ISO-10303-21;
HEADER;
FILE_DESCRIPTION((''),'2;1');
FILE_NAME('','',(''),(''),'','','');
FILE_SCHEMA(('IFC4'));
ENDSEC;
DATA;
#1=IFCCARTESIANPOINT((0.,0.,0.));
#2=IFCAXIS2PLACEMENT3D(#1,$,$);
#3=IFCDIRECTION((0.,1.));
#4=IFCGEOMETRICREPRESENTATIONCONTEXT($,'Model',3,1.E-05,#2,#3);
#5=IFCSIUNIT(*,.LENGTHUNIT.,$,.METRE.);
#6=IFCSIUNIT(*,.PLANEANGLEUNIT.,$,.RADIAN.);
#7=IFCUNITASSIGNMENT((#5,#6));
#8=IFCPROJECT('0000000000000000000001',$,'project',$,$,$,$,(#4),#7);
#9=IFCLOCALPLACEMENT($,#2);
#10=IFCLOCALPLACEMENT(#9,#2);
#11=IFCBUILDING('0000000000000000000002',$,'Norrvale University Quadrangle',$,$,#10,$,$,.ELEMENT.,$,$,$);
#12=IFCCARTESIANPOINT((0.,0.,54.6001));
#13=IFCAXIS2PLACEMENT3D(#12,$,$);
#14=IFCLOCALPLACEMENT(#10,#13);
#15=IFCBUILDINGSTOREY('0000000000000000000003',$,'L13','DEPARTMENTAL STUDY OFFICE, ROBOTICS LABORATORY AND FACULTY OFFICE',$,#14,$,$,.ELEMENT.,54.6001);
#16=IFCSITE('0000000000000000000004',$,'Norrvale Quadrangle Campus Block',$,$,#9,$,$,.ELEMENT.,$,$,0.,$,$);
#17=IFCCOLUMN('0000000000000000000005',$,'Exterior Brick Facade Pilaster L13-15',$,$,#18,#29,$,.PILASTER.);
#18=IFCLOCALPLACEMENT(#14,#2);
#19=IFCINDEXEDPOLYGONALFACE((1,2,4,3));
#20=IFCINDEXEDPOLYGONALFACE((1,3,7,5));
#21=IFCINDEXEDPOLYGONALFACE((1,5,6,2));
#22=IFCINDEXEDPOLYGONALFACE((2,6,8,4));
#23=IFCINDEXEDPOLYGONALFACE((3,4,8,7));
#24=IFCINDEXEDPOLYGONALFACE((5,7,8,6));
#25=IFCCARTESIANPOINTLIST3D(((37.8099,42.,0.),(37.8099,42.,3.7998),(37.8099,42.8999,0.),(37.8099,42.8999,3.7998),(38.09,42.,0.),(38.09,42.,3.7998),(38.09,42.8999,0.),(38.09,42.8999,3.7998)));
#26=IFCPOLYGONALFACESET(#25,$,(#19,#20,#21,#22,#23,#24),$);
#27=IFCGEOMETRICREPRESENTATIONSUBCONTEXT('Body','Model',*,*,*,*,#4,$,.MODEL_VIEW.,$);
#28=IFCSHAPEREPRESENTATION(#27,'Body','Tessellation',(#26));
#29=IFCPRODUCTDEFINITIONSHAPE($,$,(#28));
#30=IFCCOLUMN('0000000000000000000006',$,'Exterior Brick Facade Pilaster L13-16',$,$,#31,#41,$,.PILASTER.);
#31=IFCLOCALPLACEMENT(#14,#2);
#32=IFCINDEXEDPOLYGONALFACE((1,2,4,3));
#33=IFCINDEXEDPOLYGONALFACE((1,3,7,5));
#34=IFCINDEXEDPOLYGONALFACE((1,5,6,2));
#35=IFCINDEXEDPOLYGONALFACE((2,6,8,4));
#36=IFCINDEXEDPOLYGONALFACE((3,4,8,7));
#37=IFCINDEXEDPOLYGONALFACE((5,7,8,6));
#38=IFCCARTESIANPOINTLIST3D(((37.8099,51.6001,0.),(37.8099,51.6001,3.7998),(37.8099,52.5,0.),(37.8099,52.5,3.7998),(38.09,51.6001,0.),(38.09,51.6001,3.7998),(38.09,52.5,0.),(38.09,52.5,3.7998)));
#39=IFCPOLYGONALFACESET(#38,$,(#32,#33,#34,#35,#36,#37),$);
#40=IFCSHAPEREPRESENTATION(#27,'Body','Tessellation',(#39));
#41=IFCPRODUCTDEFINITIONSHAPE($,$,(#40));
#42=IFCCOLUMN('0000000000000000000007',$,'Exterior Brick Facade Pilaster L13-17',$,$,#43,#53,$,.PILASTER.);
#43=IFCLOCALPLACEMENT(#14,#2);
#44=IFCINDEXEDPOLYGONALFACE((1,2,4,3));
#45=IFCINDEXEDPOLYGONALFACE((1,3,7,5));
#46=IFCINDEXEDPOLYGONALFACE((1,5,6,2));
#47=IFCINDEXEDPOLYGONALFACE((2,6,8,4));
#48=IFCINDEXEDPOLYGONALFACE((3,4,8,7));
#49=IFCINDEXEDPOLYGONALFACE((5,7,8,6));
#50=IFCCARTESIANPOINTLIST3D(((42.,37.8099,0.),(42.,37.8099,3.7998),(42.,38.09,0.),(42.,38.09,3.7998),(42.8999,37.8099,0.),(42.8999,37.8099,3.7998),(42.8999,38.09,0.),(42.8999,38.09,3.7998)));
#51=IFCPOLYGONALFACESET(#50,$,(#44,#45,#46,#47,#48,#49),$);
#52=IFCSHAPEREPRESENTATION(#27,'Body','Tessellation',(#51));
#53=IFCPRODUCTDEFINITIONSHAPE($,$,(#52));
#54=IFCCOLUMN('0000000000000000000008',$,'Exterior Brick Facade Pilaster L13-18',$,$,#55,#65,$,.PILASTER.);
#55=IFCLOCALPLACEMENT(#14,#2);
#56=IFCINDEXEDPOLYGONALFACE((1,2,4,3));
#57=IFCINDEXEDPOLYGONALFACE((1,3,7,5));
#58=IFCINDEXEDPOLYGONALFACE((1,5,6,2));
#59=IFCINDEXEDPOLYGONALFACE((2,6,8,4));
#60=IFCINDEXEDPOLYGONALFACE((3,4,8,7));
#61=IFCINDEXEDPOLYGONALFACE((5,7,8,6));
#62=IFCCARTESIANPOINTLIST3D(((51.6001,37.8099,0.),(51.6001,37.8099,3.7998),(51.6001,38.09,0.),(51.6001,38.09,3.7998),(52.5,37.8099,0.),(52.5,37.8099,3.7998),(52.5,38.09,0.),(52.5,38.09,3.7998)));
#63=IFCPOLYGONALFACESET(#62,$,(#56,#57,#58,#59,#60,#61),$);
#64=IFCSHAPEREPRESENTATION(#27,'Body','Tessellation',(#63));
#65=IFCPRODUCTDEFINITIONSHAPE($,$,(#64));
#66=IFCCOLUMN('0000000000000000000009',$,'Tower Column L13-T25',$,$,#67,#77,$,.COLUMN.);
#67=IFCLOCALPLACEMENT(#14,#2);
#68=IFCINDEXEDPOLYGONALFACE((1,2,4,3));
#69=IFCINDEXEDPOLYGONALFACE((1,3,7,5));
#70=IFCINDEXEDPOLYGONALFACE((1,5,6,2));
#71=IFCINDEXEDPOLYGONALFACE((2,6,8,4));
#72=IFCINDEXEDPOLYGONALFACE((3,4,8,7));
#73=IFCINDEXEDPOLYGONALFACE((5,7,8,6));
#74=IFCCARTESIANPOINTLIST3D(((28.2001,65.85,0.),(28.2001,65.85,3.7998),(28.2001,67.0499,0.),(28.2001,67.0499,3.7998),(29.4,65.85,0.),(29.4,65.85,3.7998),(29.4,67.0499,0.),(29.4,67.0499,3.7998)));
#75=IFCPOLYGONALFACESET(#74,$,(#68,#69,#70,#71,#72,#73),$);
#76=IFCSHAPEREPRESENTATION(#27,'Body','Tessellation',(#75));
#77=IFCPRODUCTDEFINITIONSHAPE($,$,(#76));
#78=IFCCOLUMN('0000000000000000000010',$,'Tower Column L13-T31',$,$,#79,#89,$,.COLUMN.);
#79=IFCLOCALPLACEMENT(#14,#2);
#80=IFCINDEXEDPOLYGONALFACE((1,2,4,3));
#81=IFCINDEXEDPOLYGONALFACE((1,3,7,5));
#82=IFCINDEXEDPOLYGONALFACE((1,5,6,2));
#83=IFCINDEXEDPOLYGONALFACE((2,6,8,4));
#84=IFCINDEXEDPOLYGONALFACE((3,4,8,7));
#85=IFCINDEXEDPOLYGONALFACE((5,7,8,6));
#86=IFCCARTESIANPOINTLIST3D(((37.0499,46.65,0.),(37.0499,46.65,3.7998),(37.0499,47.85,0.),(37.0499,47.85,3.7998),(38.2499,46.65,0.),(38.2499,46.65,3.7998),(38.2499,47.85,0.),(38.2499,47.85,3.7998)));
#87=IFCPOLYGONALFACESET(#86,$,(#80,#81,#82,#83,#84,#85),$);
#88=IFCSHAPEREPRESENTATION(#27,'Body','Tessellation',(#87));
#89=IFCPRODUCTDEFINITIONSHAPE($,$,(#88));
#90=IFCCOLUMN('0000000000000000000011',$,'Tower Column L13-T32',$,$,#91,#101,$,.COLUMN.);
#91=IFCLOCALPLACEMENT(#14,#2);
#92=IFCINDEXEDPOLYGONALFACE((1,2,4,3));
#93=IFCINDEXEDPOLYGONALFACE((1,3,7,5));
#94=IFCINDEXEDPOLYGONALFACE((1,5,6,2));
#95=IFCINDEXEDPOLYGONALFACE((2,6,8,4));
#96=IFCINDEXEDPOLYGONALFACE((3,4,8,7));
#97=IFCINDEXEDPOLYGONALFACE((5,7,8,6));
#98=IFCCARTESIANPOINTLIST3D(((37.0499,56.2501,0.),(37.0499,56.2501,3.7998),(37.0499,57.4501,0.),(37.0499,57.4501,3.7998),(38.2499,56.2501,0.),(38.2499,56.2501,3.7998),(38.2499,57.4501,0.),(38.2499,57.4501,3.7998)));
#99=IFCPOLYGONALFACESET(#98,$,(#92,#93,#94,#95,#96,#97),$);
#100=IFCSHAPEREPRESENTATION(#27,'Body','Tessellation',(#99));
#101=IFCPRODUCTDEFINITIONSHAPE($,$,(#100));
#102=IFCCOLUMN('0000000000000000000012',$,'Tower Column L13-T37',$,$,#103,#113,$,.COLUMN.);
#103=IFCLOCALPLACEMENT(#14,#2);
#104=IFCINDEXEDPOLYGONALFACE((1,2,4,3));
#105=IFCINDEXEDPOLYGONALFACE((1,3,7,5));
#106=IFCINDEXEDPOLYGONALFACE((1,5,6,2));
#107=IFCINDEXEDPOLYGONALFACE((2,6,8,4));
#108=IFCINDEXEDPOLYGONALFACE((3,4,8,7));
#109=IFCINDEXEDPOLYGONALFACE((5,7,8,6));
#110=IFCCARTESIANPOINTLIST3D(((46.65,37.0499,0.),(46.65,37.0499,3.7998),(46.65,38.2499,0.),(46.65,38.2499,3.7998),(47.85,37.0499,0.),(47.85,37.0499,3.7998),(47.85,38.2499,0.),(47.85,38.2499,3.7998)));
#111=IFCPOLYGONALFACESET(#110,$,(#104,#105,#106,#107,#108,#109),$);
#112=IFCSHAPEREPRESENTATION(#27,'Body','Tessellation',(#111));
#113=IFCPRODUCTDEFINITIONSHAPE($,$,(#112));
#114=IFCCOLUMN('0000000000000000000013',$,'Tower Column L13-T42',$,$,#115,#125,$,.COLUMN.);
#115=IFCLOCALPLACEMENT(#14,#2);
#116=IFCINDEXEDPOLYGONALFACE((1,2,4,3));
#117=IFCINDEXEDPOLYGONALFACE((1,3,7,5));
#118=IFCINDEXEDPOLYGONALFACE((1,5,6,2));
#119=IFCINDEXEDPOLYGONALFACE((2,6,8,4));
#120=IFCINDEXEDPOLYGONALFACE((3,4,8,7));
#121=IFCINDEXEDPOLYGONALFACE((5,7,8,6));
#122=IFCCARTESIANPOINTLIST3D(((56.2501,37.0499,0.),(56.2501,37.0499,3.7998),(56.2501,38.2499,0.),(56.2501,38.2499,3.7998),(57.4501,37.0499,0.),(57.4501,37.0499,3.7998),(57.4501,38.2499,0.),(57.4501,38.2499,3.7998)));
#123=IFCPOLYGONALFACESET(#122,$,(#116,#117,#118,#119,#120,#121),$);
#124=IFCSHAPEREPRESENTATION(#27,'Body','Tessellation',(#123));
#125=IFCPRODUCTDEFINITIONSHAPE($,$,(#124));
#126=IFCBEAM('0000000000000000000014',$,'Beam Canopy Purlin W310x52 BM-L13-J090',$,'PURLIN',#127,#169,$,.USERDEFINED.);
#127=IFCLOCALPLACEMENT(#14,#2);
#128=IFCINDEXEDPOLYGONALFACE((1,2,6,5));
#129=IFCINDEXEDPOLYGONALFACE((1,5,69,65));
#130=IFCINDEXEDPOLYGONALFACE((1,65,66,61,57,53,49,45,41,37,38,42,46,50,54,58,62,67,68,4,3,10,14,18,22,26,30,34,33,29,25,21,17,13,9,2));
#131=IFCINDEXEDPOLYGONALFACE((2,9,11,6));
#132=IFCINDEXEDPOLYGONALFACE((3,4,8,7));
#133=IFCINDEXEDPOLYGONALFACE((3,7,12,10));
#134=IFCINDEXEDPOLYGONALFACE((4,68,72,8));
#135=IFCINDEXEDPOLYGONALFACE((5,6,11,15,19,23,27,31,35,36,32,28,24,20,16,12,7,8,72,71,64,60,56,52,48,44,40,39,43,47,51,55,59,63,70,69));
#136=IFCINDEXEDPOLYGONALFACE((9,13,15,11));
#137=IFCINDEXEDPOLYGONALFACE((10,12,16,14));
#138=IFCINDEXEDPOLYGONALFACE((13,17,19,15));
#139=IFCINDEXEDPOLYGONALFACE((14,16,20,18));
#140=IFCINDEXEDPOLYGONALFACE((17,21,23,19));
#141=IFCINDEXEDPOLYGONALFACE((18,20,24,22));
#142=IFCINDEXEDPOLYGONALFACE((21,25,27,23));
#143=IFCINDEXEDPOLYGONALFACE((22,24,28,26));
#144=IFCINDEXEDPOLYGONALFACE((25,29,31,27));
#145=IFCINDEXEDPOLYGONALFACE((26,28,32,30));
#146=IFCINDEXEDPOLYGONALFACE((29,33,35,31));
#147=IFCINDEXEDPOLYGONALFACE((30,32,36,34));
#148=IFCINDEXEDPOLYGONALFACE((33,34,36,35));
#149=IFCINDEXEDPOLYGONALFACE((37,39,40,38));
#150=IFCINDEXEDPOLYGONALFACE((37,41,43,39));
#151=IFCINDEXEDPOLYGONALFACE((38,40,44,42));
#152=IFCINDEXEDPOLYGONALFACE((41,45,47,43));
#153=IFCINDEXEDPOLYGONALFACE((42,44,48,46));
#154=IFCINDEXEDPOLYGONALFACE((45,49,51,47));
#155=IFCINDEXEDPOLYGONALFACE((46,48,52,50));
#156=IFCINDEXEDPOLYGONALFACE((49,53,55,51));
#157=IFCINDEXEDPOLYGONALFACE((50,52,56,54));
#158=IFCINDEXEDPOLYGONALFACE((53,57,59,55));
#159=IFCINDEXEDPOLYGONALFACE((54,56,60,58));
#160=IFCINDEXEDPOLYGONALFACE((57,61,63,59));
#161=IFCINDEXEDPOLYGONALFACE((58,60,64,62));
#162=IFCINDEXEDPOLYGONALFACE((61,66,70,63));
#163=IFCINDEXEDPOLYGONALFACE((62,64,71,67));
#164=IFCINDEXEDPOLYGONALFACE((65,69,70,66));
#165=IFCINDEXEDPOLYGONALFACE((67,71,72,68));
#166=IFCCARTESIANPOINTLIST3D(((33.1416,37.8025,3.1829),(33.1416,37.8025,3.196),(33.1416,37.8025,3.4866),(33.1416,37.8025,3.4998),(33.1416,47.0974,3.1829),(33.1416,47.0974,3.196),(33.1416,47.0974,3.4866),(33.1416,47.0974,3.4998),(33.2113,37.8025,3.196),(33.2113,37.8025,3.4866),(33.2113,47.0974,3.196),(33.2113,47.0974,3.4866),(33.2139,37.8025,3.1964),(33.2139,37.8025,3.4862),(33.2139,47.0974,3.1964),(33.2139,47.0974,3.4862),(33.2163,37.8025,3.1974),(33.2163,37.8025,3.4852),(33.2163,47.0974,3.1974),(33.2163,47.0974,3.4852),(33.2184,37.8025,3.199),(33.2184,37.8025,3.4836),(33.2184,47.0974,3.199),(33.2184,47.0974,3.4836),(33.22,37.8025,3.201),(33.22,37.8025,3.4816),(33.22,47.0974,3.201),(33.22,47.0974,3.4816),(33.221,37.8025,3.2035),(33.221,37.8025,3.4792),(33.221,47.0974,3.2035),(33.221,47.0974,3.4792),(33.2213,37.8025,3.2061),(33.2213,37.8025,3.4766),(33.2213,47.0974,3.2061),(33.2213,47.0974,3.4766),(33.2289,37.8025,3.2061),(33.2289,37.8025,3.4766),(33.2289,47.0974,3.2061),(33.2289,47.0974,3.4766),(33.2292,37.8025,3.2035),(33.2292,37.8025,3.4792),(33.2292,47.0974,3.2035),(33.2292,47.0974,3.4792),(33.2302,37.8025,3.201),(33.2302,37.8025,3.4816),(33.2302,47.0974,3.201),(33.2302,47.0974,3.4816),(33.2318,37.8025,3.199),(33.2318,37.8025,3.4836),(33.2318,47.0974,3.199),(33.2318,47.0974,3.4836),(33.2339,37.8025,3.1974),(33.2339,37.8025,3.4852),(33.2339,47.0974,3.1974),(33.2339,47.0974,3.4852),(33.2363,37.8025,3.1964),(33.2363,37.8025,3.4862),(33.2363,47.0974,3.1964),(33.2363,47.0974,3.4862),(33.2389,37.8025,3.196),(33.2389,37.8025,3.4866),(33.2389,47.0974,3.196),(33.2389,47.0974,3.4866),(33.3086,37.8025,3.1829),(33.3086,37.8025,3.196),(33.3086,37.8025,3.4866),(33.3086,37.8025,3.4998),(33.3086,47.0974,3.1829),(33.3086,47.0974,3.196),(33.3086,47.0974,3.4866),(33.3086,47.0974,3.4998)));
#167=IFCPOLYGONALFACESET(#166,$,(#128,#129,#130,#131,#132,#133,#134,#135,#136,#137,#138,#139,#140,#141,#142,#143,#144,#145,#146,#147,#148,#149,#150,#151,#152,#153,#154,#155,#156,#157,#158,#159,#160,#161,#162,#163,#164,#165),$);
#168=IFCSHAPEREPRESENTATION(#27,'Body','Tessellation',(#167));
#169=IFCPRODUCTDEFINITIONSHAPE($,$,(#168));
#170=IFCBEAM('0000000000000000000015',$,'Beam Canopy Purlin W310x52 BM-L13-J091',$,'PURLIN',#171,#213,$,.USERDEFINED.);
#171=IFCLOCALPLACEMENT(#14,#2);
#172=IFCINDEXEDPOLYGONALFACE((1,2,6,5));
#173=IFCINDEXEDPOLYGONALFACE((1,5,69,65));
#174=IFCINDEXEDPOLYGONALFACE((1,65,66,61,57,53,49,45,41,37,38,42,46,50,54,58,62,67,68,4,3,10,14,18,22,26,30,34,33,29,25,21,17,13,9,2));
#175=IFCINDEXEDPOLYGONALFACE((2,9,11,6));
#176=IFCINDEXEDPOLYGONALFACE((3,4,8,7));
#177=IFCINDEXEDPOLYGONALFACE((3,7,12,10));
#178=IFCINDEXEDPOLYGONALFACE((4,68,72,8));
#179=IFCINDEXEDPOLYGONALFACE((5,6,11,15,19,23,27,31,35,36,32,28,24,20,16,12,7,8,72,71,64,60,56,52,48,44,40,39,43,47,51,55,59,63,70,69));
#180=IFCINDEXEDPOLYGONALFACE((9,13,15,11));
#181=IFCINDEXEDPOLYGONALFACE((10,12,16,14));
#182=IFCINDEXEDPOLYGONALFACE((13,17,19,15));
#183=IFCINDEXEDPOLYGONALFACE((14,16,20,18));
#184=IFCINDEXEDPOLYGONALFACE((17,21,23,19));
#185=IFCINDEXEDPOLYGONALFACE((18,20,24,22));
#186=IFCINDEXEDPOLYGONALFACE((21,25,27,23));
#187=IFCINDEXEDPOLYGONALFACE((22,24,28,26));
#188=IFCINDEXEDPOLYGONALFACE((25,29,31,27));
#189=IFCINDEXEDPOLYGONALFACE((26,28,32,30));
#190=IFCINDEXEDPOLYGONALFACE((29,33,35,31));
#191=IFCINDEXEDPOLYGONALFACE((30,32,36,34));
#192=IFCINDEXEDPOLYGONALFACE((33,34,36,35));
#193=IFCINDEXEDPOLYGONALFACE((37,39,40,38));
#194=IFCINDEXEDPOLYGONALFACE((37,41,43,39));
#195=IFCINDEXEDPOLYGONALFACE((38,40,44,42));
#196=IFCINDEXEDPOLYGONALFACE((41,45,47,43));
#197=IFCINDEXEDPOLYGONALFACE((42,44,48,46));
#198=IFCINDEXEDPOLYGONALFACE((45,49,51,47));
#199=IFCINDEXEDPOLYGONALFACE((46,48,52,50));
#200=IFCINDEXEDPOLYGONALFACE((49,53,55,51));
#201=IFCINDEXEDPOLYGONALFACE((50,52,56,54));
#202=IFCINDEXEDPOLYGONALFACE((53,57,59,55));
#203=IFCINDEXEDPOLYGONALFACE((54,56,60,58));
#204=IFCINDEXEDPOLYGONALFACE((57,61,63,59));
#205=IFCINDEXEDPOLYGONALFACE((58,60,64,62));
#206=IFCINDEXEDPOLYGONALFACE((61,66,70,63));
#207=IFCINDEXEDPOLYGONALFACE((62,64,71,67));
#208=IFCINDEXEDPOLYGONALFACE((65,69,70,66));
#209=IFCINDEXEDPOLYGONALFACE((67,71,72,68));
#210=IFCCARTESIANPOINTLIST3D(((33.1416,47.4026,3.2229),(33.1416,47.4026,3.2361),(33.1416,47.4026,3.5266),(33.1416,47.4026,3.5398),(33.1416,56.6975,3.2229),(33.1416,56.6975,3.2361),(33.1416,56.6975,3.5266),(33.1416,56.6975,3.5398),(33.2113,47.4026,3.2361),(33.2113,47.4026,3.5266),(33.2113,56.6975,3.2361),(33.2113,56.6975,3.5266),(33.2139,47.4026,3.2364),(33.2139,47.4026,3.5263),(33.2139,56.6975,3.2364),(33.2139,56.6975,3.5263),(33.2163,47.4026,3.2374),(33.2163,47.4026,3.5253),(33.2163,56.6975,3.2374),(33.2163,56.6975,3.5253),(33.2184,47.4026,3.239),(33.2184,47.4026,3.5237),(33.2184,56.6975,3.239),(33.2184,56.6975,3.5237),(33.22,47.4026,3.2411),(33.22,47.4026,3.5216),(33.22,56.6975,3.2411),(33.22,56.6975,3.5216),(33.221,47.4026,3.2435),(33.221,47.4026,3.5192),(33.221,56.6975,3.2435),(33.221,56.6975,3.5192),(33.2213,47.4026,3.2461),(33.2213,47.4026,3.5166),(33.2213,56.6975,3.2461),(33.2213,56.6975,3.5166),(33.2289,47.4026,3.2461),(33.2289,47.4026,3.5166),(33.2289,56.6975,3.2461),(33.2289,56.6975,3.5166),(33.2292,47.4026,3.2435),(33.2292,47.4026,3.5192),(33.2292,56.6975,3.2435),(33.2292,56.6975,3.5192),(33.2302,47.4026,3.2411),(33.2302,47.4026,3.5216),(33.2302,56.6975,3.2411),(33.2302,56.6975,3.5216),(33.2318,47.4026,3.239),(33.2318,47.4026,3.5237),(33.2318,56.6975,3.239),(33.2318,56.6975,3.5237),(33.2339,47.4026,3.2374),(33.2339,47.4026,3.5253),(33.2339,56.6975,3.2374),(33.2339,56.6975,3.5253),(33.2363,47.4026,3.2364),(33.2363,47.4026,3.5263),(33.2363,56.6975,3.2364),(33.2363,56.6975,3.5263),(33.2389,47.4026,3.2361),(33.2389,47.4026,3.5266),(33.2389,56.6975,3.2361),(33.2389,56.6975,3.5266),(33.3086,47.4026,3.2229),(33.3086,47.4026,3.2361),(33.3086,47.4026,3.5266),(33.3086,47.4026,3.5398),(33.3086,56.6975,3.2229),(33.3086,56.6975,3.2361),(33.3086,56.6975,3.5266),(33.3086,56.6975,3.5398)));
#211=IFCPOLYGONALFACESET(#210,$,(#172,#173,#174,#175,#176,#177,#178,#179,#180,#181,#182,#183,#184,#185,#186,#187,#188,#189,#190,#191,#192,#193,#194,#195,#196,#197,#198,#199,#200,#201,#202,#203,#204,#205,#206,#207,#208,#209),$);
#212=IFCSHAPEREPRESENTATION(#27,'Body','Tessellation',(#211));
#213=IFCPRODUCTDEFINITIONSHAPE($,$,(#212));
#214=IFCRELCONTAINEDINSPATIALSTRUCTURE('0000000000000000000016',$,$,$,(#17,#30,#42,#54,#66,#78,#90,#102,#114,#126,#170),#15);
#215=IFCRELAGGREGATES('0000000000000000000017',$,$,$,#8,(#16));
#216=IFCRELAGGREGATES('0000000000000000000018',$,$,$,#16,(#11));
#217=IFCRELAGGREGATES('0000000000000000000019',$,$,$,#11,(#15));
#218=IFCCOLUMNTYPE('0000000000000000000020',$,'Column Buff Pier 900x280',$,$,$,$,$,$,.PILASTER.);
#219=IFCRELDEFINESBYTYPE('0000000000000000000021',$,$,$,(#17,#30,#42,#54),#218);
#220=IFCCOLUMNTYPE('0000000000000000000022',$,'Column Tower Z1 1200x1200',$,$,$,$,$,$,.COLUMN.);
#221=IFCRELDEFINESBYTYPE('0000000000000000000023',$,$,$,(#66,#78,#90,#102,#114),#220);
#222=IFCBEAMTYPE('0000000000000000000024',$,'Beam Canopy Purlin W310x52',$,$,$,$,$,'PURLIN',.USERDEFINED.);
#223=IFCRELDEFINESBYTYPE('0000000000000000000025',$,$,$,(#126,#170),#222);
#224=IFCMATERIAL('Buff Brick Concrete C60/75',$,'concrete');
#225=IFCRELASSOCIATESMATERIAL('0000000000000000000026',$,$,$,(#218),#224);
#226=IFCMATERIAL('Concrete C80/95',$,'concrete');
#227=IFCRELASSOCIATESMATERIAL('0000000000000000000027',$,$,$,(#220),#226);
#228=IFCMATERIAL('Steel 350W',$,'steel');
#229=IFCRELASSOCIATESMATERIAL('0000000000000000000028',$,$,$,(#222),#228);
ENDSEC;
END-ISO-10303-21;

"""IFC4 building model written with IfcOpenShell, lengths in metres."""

from ifc_helpers import new_model, si_unit, direction, frame, origin, origin_2d, place, context, subcontext, project, spatial, rectangle, i_section, extrude, material, material_profile, profile_set, type_object, element, save


model = new_model("IFC4")

# Units and contexts
model_context = context("Model", 3, precision=1e-05, world=origin(), true_north=direction((0.0, 1.0)))
body_context = subcontext(model_context, "Body", "Model", "MODEL_VIEW")
ifc_project = project(units=[si_unit("LENGTHUNIT", "METRE"), si_unit("PLANEANGLEUNIT", "RADIAN")], contexts=[model_context])

# Site, building, storey
site_placement = place(None, origin())
site = spatial("IfcSite", under=ifc_project, at=site_placement, Name="Norrvale Quadrangle Campus Block", CompositionType="ELEMENT", RefElevation=0.0)
building_placement = place(site_placement, origin())
building = spatial("IfcBuilding", under=site, at=building_placement, Name="Norrvale University Quadrangle", CompositionType="ELEMENT")
storey_placement = place(building_placement, frame((0.0, 0.0, 54.6001)))
storey = spatial("IfcBuildingStorey", under=building, at=storey_placement, Name="L13", Description="DEPARTMENTAL STUDY OFFICE, ROBOTICS LABORATORY AND FACULTY OFFICE", CompositionType="ELEMENT", Elevation=54.6001)

# Columns
ifc_material_1 = material(Name="Buff Brick Concrete C60/75", Category="concrete")
ifc_material_profile_1 = material_profile(ifc_material_1, rectangle(XDim=0.8999, YDim=0.28, at=origin_2d()), Name="Buff Brick Concrete C60/75")
ifc_profile_set_1 = profile_set([ifc_material_profile_1], Name="Buff Brick Concrete C60/75")
column_type_1 = type_object("IfcColumnType", Name="Column Buff Pier 900x280", PredefinedType="PILASTER", material=ifc_profile_set_1)
for number, where, z_axis, x_axis, name in (
    (1, (37.95, 42.45, 0.0), (0.0, 0.0, 1.0), (0.0, 1.0, 0.0), "Exterior Brick Facade Pilaster L13-15"),
    (2, (37.95, 52.05, 0.0), (0.0, 0.0, 1.0), (0.0, 1.0, 0.0), "Exterior Brick Facade Pilaster L13-16"),
    (3, (42.45, 37.95, 0.0), (0.0, 0.0, 1.0), (1.0, 0.0, 0.0), "Exterior Brick Facade Pilaster L13-17"),
    (4, (52.05, 37.95, 0.0), (0.0, 0.0, 1.0), (1.0, 0.0, 0.0), "Exterior Brick Facade Pilaster L13-18"),
):
    element("IfcColumn", number, at=place(storey_placement, frame(where, z_axis=z_axis, x_axis=x_axis)), inside=storey, type_object=column_type_1, Name=name, PredefinedType="PILASTER", context=body_context, shape_type="SweptSolid", body=[
        extrude(rectangle(XDim=0.8999, YDim=0.28, at=origin_2d()), origin(), (0.0, 0.0, 1.0), 3.7998),
    ])
ifc_material_2 = material(Name="Concrete C80/95", Category="concrete")
ifc_material_profile_2 = material_profile(ifc_material_2, rectangle(XDim=1.2, YDim=1.2, at=origin_2d()), Name="Concrete C80/95")
ifc_profile_set_2 = profile_set([ifc_material_profile_2], Name="Concrete C80/95")
column_type_2 = type_object("IfcColumnType", Name="Column Tower Z1 1200x1200", PredefinedType="COLUMN", material=ifc_profile_set_2)
for number, where, z_axis, x_axis, name in (
    (5, (28.8, 66.45, 0.0), (0.0, 0.0, 1.0), (1.0, 0.0, 0.0), "Tower Column L13-T25"),
    (6, (37.6499, 47.25, 0.0), (0.0, 0.0, 1.0), (1.0, 0.0, 0.0), "Tower Column L13-T31"),
    (7, (37.6499, 56.8501, 0.0), (0.0, 0.0, 1.0), (1.0, 0.0, 0.0), "Tower Column L13-T32"),
    (8, (47.25, 37.6499, 0.0), (0.0, 0.0, 1.0), (1.0, 0.0, 0.0), "Tower Column L13-T37"),
    (9, (56.8501, 37.6499, 0.0), (0.0, 0.0, 1.0), (1.0, 0.0, 0.0), "Tower Column L13-T42"),
):
    element("IfcColumn", number, at=place(storey_placement, frame(where, z_axis=z_axis, x_axis=x_axis)), inside=storey, type_object=column_type_2, Name=name, PredefinedType="COLUMN", context=body_context, shape_type="SweptSolid", body=[
        extrude(rectangle(XDim=1.2, YDim=1.2, at=origin_2d()), origin(), (0.0, 0.0, 1.0), 3.7998),
    ])

# Beams
ifc_material_3 = material(Name="Steel 350W", Category="steel")
ifc_material_profile_3 = material_profile(ifc_material_3, i_section(OverallWidth=0.167, OverallDepth=0.3169, WebThickness=0.0076, FlangeThickness=0.0132, FilletRadius=0.01, at=origin_2d()), Name="Steel 350W")
ifc_profile_set_3 = profile_set([ifc_material_profile_3], Name="Steel 350W")
beam_type_1 = type_object("IfcBeamType", Name="Beam Canopy Purlin W310x52", ElementType="PURLIN", PredefinedType="USERDEFINED", material=ifc_profile_set_3)
for number, where, z_axis, x_axis, name in (
    (10, (33.2251, 37.8025, 3.3413), (0.0, 1.0, 0.0), (-1.0, 0.0, 0.0), "Beam Canopy Purlin W310x52 BM-L13-J090"),
    (11, (33.2251, 47.4026, 3.3813), (0.0, 1.0, 0.0), (-1.0, 0.0, 0.0), "Beam Canopy Purlin W310x52 BM-L13-J091"),
):
    element("IfcBeam", number, at=place(storey_placement, frame(where, z_axis=z_axis, x_axis=x_axis)), inside=storey, type_object=beam_type_1, Name=name, ObjectType="PURLIN", PredefinedType="USERDEFINED", context=body_context, shape_type="SweptSolid", body=[
        extrude(i_section(OverallWidth=0.167, OverallDepth=0.3169, WebThickness=0.0076, FlangeThickness=0.0132, FilletRadius=0.01, at=origin_2d()), origin(), (0.0, 0.0, 1.0), 9.2949),
    ])

save(model, "model.ifc")
